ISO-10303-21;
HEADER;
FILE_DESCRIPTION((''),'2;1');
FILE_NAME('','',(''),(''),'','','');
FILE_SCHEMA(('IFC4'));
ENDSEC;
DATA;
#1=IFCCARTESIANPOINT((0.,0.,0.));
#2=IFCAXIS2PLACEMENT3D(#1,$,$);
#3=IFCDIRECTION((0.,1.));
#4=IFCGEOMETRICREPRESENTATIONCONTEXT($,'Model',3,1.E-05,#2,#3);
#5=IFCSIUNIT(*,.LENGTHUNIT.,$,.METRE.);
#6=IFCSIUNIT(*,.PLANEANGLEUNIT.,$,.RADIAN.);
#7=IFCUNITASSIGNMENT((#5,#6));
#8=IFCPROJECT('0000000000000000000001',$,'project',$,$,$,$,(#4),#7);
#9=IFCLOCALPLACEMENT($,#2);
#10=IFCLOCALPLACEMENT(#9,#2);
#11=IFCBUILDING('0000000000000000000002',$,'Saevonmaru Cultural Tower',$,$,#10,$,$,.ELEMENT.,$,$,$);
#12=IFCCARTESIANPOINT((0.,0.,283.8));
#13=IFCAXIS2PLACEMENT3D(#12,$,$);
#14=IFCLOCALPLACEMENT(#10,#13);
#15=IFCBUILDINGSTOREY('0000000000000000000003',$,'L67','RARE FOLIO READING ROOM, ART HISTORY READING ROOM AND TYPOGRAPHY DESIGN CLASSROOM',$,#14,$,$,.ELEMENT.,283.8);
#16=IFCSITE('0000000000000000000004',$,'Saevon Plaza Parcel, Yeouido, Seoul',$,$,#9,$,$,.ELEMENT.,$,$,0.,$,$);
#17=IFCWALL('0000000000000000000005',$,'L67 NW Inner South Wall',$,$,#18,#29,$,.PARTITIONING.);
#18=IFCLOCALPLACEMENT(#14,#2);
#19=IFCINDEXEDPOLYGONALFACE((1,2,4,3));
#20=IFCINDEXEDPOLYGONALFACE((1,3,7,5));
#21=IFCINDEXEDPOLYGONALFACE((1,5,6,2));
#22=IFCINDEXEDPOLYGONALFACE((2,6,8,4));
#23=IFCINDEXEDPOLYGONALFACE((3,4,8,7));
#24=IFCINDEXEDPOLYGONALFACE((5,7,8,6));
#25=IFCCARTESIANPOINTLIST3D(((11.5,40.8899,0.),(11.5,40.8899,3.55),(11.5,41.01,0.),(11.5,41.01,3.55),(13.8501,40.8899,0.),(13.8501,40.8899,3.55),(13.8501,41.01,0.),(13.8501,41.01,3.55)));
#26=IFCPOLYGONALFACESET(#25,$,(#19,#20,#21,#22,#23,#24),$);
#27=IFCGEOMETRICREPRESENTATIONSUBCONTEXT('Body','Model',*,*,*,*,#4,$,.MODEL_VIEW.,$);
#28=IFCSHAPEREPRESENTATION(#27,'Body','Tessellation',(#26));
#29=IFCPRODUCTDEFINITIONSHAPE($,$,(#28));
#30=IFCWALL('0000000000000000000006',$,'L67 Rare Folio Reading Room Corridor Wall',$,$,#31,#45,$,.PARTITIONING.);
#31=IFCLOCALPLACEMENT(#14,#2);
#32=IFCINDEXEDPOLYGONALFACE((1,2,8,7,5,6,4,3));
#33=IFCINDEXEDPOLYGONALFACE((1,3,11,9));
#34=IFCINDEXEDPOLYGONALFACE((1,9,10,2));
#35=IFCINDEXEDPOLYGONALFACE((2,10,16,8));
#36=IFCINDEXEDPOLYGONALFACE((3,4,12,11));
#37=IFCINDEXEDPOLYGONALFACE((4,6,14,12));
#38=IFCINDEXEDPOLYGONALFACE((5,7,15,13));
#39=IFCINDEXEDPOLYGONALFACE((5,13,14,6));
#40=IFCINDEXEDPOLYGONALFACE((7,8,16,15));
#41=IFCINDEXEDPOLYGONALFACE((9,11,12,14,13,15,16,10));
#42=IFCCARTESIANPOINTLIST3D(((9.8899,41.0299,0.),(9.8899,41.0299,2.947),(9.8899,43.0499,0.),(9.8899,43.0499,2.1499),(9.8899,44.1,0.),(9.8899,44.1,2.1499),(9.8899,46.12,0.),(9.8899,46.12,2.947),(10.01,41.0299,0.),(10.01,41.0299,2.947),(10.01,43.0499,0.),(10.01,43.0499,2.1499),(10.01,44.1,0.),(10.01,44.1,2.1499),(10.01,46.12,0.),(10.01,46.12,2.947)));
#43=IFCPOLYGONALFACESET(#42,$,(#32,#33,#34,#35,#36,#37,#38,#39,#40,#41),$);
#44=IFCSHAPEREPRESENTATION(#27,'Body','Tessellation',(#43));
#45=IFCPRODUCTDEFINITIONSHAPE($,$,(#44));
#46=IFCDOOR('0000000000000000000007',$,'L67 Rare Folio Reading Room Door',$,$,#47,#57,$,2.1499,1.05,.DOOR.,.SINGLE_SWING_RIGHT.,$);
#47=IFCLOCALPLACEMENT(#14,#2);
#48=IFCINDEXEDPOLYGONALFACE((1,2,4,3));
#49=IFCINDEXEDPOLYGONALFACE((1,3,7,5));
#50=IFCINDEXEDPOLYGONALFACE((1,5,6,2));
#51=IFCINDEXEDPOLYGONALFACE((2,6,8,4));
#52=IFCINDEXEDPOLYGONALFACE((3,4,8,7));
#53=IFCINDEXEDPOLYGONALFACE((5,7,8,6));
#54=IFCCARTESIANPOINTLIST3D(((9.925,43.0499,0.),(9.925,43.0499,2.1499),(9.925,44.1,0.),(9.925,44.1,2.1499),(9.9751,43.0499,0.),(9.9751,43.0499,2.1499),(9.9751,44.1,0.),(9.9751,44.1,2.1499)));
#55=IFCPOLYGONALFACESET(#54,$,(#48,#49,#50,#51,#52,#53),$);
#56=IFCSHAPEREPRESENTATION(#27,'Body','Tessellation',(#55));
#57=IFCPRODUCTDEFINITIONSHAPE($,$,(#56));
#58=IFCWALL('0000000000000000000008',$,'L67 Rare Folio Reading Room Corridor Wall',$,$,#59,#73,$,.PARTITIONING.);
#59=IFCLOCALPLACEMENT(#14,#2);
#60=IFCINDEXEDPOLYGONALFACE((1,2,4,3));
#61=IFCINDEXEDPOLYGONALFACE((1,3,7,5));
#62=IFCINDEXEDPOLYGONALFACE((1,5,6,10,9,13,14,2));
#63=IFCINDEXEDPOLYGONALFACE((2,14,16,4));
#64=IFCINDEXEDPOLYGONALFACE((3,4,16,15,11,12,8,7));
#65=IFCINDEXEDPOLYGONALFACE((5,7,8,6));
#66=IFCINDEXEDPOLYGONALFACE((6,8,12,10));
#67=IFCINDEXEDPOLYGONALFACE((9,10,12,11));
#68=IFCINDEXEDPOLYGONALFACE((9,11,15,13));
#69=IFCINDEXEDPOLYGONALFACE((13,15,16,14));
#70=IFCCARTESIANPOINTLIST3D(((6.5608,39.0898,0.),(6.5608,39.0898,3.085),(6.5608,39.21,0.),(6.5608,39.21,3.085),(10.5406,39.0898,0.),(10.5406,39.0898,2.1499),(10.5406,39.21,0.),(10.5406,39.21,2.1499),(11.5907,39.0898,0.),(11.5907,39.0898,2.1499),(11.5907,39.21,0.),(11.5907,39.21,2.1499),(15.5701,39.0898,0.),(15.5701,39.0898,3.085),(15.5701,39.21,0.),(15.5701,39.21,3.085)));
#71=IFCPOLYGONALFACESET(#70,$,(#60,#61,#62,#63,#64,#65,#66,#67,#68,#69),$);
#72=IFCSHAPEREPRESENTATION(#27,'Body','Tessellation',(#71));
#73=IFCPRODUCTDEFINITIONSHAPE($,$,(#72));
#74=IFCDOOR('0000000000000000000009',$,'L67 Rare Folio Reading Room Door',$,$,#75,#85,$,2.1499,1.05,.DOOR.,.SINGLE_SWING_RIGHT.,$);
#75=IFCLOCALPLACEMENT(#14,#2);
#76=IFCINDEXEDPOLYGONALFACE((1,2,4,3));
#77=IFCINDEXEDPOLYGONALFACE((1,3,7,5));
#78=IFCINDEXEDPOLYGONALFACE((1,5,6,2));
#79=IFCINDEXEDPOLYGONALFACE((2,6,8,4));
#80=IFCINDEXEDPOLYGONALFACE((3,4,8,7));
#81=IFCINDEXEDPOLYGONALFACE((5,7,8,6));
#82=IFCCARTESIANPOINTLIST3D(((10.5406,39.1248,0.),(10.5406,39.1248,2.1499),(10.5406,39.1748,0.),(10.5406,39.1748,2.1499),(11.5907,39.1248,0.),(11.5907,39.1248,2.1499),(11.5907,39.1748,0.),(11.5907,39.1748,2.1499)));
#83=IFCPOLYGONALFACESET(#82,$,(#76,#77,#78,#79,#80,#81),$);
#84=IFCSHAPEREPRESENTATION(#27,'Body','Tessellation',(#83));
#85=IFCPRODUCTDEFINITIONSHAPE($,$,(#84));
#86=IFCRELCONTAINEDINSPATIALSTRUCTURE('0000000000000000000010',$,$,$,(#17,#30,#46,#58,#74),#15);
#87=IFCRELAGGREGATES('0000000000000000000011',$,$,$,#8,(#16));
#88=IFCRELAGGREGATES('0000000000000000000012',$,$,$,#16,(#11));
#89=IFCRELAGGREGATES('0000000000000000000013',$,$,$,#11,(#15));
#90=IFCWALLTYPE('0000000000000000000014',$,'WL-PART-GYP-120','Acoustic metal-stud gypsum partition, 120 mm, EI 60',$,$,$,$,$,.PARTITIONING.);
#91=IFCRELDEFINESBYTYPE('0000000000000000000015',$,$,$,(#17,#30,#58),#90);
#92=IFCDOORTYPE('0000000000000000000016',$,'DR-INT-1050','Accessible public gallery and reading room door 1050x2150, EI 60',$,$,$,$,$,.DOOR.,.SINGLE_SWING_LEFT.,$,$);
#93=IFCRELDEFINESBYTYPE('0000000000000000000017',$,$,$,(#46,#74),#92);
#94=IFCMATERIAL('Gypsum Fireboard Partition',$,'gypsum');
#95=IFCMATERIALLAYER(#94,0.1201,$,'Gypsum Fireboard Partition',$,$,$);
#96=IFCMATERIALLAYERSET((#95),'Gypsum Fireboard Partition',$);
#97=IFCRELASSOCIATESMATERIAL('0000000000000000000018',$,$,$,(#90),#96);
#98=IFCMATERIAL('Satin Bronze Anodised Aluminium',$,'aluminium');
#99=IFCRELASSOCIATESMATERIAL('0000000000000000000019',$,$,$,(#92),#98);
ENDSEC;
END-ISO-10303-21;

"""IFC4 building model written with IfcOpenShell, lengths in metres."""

from ifc_helpers import new_model, si_unit, direction, frame, frame_2d, origin, place, context, subcontext, project, spatial, rectangle, extrude, material, layer, layer_set, type_object, element, fill, save


model = new_model("IFC4")

# Units and contexts
model_context = context("Model", 3, precision=1e-05, world=origin(), true_north=direction((0.0, 1.0)))
body_context = subcontext(model_context, "Body", "Model", "MODEL_VIEW")
ifc_project = project(units=[si_unit("LENGTHUNIT", "METRE"), si_unit("PLANEANGLEUNIT", "RADIAN")], contexts=[model_context])

# Site, building, storey
site_placement = place(None, origin())
site = spatial("IfcSite", under=ifc_project, at=site_placement, Name="Saevon Plaza Parcel, Yeouido, Seoul", CompositionType="ELEMENT", RefElevation=0.0)
building_placement = place(site_placement, origin())
building = spatial("IfcBuilding", under=site, at=building_placement, Name="Saevonmaru Cultural Tower", CompositionType="ELEMENT")
storey_placement = place(building_placement, frame((0.0, 0.0, 283.8)))
storey = spatial("IfcBuildingStorey", under=building, at=storey_placement, Name="L67", Description="RARE FOLIO READING ROOM, ART HISTORY READING ROOM AND TYPOGRAPHY DESIGN CLASSROOM", CompositionType="ELEMENT", Elevation=283.8)

# Shared definitions
ifc_material_1 = material(Name="Satin Bronze Anodised Aluminium", Category="aluminium")

# Wall
ifc_material_2 = material(Name="Gypsum Fireboard Partition", Category="gypsum")
ifc_layer_1 = layer(ifc_material_2, 0.1201, Name="Gypsum Fireboard Partition")
ifc_layer_set_1 = layer_set([ifc_layer_1], Name="Gypsum Fireboard Partition")
wall_type = type_object("IfcWallType", Name="WL-PART-GYP-120", Description="Acoustic metal-stud gypsum partition, 120 mm, EI 60", PredefinedType="PARTITIONING", material=ifc_layer_set_1)
wall_1_placement = place(storey_placement, frame((11.5, 40.95, 0.0), z_axis=(0.0, 0.0, 1.0), x_axis=(1.0, 0.0, 0.0)))
element("IfcWall", 1, at=wall_1_placement, inside=storey, type_object=wall_type, Name="L67 NW Inner South Wall", PredefinedType="PARTITIONING", context=body_context, shape_type="SweptSolid", body=[
    extrude(rectangle(XDim=2.3501, YDim=0.1201, at=frame_2d((1.175, 0.0))), origin(), (0.0, 0.0, 1.0), 3.55),
])

# Walls, openings, doors
wall_2_placement = place(storey_placement, frame((9.95, 41.03, 0.0), z_axis=(0.0, 0.0, 1.0), x_axis=(0.0, 1.0, 0.0)))
wall_2 = element("IfcWall", 2, at=wall_2_placement, inside=storey, type_object=wall_type, Name="L67 Rare Folio Reading Room Corridor Wall", PredefinedType="PARTITIONING", context=body_context, shape_type="SweptSolid", body=[
    extrude(rectangle(XDim=5.0901, YDim=0.1201, at=frame_2d((2.5449, 0.0))), origin(), (0.0, 0.0, 1.0), 2.947),
])
opening_1_placement = place(wall_2_placement, frame((2.02, 0.0, 0.0)))
opening_1 = element("IfcOpeningElement", 3, at=opening_1_placement, cuts=wall_2, PredefinedType="OPENING", context=body_context, shape_type="SweptSolid", body=[
    extrude(rectangle(XDim=1.05, YDim=2.1499, at=frame_2d((0.5249, 1.075))), frame((0.0, 0.0701, 0.0), z_axis=(0.0, -1.0, 0.0), x_axis=(1.0, 0.0, 0.0)), (0.0, 0.0, 1.0), 0.1401),
])
door_type = type_object("IfcDoorType", Name="DR-INT-1050", Description="Accessible public gallery and reading room door 1050x2150, EI 60", OperationType="SINGLE_SWING_LEFT", PredefinedType="DOOR", material=ifc_material_1)
door_1_placement = place(opening_1_placement, origin())
door_1 = element("IfcDoor", 4, at=door_1_placement, inside=storey, type_object=door_type, Name="L67 Rare Folio Reading Room Door", OperationType="SINGLE_SWING_RIGHT", OverallHeight=2.1499, OverallWidth=1.05, PredefinedType="DOOR", context=body_context, shape_type="SweptSolid", body=[
    extrude(rectangle(XDim=1.05, YDim=2.1499, at=frame_2d((0.5249, 1.075))), frame((0.0, 0.0249, 0.0), z_axis=(0.0, -1.0, 0.0), x_axis=(1.0, 0.0, 0.0)), (0.0, 0.0, 1.0), 0.05),
])
fill(opening_1, door_1)
wall_3_placement = place(storey_placement, frame((6.5608, 39.1499, 0.0), z_axis=(0.0, 0.0, 1.0), x_axis=(1.0, 0.0, 0.0)))
wall_3 = element("IfcWall", 5, at=wall_3_placement, inside=storey, type_object=wall_type, Name="L67 Rare Folio Reading Room Corridor Wall", PredefinedType="PARTITIONING", context=body_context, shape_type="SweptSolid", body=[
    extrude(rectangle(XDim=9.0093, YDim=0.1201, at=frame_2d((4.5046, 0.0))), origin(), (0.0, 0.0, 1.0), 3.085),
])
opening_2_placement = place(wall_3_placement, frame((3.98, 0.0, 0.0)))
opening_2 = element("IfcOpeningElement", 6, at=opening_2_placement, cuts=wall_3, PredefinedType="OPENING", context=body_context, shape_type="SweptSolid", body=[
    extrude(rectangle(XDim=1.05, YDim=2.1499, at=frame_2d((0.5249, 1.075))), frame((0.0, 0.0701, 0.0), z_axis=(0.0, -1.0, 0.0), x_axis=(1.0, 0.0, 0.0)), (0.0, 0.0, 1.0), 0.1401),
])
door_2_placement = place(opening_2_placement, origin())
door_2 = element("IfcDoor", 7, at=door_2_placement, inside=storey, type_object=door_type, Name="L67 Rare Folio Reading Room Door", OperationType="SINGLE_SWING_RIGHT", OverallHeight=2.1499, OverallWidth=1.05, PredefinedType="DOOR", context=body_context, shape_type="SweptSolid", body=[
    extrude(rectangle(XDim=1.05, YDim=2.1499, at=frame_2d((0.5249, 1.075))), frame((0.0, 0.0249, 0.0), z_axis=(0.0, -1.0, 0.0), x_axis=(1.0, 0.0, 0.0)), (0.0, 0.0, 1.0), 0.05),
])
fill(opening_2, door_2)

save(model, "model.ifc")
